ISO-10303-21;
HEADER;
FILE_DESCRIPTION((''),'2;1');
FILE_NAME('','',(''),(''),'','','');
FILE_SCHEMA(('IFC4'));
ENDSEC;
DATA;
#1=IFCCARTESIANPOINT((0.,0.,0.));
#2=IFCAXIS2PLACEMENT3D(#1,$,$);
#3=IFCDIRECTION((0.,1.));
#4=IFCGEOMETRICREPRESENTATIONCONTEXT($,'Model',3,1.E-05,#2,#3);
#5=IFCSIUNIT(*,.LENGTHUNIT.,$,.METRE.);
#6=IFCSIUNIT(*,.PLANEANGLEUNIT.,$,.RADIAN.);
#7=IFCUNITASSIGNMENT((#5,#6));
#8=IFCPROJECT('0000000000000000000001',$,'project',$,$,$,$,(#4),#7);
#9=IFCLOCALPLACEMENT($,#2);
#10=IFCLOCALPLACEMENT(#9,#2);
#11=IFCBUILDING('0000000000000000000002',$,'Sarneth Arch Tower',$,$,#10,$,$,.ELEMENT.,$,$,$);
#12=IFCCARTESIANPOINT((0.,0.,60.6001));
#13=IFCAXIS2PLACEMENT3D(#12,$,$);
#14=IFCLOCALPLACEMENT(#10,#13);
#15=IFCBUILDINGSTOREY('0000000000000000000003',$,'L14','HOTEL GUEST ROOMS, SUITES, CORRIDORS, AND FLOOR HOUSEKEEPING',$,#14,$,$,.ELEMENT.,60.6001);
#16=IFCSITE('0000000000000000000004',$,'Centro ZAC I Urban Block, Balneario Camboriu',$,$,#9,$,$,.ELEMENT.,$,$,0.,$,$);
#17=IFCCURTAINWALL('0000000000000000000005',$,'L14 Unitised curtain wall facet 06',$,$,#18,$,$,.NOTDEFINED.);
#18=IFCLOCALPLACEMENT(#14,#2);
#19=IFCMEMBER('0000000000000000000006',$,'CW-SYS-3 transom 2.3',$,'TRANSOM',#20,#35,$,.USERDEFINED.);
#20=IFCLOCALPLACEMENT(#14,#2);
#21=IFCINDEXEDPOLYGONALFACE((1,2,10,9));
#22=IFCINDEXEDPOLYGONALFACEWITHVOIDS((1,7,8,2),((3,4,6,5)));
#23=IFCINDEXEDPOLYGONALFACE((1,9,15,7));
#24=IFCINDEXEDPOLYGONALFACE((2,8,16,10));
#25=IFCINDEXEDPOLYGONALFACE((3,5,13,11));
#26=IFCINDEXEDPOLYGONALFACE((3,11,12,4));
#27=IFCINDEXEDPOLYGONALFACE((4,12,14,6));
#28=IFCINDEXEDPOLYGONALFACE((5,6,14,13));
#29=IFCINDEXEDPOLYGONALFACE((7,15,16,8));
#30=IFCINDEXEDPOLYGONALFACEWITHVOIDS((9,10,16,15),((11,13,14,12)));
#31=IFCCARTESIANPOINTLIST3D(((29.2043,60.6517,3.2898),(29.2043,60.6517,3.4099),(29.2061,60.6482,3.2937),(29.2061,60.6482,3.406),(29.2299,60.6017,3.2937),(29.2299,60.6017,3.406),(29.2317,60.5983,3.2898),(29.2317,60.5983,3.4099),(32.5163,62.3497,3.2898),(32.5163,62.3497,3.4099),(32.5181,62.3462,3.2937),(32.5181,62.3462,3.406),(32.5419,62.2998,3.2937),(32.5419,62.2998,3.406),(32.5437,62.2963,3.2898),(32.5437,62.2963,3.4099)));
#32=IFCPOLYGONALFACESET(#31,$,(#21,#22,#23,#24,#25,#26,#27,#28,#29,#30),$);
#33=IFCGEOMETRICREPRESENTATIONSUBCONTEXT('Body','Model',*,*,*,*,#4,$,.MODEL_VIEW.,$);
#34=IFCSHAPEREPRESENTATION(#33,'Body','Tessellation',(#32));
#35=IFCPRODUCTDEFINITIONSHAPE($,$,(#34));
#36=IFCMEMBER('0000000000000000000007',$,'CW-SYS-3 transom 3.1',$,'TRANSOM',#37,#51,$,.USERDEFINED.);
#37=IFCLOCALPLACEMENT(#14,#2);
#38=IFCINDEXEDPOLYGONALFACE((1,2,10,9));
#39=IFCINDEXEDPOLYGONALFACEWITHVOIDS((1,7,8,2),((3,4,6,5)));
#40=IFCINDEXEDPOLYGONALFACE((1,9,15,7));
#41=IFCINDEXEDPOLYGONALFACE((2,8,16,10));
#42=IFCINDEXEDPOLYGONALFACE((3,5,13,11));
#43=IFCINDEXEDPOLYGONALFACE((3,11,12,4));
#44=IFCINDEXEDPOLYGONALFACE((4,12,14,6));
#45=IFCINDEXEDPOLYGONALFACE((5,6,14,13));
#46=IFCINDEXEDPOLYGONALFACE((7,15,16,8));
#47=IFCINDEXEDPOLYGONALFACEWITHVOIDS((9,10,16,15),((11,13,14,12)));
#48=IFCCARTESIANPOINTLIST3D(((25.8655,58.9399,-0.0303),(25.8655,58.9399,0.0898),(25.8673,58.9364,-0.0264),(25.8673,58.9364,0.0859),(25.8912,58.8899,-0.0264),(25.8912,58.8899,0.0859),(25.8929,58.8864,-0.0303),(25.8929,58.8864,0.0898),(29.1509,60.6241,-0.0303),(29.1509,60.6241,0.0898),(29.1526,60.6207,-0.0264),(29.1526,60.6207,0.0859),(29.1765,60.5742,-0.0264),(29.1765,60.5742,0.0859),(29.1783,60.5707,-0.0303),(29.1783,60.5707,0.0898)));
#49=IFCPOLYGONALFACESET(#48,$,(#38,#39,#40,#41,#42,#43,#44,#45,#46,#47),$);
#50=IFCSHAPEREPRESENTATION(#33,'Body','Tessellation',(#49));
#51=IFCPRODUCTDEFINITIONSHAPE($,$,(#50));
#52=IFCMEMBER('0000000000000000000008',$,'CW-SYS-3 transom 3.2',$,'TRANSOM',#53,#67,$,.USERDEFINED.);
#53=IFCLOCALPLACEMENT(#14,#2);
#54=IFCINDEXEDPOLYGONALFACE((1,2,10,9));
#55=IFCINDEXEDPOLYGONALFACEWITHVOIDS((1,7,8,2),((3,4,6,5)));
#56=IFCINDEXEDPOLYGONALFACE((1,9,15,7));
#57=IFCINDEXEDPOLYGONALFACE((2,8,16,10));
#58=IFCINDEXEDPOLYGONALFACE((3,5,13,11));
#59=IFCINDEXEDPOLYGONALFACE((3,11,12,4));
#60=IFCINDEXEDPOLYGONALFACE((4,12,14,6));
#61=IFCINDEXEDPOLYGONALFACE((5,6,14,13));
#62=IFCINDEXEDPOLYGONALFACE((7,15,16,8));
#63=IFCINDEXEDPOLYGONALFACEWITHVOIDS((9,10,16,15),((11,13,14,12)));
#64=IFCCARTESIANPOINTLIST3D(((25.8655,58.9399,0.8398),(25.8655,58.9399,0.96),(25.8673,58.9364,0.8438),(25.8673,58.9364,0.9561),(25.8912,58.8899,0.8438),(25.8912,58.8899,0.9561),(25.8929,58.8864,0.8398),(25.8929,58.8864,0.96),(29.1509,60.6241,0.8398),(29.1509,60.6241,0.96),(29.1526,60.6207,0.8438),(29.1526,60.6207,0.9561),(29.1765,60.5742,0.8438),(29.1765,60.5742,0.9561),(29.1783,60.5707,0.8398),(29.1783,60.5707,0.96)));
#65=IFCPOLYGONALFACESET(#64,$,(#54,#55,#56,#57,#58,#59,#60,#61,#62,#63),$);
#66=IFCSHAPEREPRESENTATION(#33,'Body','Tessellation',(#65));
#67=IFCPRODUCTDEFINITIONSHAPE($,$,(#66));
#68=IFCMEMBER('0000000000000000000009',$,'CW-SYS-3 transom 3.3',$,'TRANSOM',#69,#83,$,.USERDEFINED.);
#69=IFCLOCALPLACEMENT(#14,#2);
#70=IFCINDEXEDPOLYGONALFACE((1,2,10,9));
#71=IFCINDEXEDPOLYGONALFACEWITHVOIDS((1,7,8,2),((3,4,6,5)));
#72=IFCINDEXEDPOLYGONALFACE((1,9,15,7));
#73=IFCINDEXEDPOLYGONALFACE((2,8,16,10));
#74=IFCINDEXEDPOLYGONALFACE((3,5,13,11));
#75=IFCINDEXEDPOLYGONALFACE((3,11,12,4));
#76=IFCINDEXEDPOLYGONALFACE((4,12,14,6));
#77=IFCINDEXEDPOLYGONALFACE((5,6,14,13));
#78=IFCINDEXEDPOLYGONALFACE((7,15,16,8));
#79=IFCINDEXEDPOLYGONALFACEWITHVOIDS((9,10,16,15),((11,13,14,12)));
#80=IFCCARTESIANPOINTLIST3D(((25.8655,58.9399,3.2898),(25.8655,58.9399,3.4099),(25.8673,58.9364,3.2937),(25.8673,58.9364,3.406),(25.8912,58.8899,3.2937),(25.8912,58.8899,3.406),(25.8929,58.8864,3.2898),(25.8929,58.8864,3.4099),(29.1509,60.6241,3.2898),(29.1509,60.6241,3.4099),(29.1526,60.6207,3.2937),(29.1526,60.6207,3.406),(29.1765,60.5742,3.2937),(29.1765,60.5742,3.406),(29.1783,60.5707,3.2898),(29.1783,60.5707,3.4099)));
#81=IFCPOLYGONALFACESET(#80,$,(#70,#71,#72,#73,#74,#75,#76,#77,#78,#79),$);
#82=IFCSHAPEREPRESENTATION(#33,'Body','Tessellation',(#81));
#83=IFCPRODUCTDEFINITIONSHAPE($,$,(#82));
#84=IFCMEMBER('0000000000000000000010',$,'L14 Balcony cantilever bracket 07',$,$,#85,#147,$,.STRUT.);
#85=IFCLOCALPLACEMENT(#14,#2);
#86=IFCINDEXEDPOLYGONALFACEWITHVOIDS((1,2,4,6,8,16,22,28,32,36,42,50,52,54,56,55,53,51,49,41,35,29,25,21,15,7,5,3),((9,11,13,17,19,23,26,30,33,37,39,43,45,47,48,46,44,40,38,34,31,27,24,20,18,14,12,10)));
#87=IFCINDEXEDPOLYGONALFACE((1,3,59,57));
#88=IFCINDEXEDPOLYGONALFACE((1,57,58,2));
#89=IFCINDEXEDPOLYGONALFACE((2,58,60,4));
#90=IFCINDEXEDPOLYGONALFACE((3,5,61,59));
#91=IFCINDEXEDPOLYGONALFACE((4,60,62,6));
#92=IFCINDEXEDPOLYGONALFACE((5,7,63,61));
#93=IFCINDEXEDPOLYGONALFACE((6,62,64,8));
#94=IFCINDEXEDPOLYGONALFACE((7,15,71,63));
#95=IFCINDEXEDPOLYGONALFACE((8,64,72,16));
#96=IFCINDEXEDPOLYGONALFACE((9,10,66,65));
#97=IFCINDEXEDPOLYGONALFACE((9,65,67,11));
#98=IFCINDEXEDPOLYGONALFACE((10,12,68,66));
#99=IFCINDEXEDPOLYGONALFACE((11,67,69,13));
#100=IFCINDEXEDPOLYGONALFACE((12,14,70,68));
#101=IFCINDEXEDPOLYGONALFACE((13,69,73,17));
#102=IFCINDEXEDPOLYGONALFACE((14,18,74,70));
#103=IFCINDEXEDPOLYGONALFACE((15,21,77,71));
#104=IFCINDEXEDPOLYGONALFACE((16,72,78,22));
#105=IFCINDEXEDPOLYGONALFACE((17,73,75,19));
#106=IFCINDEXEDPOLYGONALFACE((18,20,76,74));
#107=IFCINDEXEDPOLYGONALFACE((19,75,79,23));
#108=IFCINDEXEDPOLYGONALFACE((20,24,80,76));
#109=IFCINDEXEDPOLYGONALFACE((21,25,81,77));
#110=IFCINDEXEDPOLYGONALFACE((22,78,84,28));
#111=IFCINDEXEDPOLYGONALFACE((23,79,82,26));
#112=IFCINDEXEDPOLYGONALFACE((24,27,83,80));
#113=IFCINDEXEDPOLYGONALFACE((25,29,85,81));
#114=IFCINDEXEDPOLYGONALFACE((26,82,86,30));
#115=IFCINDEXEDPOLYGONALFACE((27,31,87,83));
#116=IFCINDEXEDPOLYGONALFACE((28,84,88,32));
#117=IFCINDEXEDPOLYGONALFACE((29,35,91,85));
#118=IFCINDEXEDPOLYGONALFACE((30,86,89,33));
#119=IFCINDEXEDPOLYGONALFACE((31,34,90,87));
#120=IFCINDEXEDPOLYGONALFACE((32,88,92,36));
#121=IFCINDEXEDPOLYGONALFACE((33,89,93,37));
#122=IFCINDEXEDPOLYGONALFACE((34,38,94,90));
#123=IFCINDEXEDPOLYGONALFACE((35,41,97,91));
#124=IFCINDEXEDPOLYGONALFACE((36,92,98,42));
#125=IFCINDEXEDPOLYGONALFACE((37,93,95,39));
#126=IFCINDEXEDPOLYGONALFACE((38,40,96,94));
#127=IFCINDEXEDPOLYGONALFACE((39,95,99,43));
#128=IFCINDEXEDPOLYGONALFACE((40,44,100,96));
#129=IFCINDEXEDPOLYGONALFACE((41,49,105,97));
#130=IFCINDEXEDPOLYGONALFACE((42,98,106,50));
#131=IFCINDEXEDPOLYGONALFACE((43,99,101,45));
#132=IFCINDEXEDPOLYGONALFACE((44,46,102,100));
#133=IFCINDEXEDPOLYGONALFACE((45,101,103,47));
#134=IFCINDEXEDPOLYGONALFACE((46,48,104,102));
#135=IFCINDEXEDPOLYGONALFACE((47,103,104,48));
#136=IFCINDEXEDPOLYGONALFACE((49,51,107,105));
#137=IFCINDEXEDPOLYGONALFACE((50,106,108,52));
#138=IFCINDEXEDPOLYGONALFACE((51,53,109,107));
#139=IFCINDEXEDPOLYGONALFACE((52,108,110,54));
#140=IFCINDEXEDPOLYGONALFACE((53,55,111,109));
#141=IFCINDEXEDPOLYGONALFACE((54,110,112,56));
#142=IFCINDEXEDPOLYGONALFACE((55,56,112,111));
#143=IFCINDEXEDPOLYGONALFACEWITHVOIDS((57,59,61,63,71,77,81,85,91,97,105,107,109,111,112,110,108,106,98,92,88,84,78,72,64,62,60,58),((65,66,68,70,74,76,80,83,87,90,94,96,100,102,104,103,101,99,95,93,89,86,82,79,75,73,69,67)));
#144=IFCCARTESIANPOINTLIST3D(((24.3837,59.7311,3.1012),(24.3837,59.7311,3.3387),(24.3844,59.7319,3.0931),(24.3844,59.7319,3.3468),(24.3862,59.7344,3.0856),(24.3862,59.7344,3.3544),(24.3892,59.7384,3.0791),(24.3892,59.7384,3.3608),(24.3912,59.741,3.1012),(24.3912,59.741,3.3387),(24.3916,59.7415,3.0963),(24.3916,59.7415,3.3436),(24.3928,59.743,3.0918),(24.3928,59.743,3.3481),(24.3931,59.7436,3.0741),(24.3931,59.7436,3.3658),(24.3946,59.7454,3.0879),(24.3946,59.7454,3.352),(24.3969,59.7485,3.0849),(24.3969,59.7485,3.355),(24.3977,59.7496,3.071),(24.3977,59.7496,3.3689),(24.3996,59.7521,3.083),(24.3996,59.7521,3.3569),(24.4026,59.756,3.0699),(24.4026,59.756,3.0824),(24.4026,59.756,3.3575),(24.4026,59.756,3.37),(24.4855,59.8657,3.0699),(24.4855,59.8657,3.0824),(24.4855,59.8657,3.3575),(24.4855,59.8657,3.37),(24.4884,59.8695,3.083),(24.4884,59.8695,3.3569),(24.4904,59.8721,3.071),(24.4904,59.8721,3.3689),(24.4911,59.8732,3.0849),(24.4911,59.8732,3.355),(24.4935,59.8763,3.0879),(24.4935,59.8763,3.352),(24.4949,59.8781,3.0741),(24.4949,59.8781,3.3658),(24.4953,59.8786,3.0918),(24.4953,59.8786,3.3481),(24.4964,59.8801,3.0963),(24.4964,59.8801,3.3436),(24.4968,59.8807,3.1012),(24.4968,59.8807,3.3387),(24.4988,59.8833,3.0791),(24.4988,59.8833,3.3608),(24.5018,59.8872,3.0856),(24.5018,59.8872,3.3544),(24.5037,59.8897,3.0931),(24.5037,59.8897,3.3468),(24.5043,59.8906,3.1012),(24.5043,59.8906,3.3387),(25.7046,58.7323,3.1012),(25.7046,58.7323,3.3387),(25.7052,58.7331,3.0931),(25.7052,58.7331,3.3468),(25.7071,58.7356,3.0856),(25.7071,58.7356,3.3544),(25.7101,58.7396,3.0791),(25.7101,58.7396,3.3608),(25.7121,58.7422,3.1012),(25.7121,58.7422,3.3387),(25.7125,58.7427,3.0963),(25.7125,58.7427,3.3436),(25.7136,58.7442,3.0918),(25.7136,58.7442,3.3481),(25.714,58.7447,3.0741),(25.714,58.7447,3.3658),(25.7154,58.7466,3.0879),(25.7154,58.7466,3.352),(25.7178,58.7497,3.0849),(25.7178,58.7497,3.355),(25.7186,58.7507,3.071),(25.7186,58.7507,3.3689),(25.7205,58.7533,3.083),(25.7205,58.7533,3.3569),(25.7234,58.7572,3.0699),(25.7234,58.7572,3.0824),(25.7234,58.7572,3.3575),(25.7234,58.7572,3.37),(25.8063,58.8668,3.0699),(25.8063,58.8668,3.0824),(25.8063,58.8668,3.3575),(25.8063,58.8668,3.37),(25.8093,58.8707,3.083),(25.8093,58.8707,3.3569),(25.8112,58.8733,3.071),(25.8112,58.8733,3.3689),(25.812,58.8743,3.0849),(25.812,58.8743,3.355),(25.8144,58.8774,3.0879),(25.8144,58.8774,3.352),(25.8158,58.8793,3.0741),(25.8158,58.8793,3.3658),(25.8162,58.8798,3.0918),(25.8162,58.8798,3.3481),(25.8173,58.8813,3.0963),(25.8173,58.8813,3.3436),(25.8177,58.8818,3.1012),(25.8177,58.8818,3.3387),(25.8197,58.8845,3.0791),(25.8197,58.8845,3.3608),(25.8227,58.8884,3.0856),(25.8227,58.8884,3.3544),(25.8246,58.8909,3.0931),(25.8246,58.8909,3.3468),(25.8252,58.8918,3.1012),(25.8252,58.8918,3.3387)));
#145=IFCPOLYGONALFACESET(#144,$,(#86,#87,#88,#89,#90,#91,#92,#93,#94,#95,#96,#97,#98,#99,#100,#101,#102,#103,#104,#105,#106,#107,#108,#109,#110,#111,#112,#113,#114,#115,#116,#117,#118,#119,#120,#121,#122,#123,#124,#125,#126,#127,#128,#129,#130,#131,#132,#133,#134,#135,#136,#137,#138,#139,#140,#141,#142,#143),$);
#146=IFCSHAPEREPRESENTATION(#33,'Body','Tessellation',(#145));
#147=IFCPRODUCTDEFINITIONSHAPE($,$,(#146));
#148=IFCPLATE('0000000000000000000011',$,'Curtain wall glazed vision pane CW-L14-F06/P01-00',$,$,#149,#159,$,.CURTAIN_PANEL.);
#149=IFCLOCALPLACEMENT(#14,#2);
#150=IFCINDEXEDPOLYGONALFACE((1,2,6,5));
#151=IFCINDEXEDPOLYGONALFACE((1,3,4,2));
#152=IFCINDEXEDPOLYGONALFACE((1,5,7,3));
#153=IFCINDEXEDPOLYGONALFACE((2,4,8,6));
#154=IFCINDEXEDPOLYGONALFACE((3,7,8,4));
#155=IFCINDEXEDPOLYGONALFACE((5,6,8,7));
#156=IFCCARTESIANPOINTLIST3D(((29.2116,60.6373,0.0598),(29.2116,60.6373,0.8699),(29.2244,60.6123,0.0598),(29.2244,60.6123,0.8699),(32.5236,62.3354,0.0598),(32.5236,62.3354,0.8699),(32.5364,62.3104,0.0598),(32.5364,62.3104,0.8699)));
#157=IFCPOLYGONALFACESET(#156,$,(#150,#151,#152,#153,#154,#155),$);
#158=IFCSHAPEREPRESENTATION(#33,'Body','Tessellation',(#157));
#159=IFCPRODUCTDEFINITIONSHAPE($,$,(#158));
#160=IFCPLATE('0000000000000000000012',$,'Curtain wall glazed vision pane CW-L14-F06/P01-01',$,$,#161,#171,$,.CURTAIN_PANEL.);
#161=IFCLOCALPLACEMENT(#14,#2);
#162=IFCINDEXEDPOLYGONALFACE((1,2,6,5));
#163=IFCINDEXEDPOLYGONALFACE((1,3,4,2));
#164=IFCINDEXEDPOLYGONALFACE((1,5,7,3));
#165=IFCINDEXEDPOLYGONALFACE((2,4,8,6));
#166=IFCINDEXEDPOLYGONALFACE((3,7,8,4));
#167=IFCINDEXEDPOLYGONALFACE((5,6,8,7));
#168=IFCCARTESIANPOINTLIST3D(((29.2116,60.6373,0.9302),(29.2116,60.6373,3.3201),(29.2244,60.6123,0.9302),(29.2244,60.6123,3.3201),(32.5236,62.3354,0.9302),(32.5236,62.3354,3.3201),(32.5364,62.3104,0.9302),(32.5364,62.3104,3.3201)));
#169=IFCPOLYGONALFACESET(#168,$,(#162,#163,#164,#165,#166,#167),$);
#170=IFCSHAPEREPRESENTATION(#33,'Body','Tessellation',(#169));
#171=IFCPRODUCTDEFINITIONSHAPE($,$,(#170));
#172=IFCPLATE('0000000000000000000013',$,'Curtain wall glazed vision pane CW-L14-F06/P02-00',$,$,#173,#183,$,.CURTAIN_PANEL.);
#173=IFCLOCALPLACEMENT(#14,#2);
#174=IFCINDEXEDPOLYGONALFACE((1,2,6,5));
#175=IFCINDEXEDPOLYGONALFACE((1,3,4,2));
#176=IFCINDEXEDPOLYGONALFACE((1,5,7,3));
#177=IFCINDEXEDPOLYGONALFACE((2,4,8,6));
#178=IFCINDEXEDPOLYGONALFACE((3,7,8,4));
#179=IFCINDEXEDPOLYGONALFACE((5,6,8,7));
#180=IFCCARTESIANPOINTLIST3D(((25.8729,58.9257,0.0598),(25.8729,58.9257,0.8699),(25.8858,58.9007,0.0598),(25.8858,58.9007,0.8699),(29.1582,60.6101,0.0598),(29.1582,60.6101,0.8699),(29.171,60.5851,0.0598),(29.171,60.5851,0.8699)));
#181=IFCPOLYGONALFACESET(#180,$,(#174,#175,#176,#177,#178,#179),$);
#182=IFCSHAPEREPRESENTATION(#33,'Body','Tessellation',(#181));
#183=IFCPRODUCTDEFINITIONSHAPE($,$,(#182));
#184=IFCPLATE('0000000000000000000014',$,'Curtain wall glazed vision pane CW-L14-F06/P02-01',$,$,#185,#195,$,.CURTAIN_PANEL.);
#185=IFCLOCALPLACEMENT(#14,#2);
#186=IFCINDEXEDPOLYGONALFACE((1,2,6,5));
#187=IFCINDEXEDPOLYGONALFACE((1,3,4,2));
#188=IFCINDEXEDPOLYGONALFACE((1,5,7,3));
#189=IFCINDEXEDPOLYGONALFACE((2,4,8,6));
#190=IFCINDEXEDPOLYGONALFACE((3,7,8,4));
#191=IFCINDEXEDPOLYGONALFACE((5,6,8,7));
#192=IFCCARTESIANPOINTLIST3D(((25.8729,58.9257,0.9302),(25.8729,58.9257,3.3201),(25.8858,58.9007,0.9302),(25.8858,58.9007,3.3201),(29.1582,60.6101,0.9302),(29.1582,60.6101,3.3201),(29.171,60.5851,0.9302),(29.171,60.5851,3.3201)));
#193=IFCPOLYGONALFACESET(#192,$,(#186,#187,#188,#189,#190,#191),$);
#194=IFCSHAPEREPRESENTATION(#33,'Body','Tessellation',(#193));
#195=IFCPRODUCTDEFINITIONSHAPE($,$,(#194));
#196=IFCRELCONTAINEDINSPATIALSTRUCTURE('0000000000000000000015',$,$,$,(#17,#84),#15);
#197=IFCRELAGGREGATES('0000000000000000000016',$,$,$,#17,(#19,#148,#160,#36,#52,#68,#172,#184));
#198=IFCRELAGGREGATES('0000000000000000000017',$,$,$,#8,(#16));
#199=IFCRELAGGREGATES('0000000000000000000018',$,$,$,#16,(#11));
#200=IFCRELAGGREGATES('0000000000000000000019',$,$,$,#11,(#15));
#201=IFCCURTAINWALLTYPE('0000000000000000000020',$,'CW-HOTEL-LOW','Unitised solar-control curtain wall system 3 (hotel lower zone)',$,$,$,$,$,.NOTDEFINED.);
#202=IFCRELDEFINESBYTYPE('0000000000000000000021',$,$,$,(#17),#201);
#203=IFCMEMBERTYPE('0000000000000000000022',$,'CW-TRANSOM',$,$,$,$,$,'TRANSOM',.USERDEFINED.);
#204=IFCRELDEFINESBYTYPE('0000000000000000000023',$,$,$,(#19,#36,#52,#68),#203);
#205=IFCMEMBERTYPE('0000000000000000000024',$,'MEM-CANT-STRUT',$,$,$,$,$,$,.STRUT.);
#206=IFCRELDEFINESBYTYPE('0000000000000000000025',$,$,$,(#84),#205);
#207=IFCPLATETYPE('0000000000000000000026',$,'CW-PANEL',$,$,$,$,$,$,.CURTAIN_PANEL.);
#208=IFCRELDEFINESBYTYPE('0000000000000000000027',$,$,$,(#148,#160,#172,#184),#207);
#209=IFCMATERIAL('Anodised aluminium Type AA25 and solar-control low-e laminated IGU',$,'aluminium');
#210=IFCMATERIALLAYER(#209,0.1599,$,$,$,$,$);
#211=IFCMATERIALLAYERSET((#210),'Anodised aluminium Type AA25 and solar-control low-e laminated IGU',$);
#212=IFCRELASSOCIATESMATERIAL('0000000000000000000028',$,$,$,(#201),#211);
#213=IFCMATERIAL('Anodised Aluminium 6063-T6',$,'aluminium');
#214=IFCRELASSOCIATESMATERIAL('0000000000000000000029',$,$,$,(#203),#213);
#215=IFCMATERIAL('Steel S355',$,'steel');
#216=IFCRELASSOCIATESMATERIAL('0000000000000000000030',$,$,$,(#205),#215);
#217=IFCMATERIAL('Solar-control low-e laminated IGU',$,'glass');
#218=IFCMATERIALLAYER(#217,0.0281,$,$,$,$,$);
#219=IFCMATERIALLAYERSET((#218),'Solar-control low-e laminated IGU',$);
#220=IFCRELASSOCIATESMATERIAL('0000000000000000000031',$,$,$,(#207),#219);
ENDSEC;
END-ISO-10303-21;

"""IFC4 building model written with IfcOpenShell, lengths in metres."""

from ifc_helpers import new_model, si_unit, direction, frame, origin, origin_2d, place, context, subcontext, project, spatial, rectangle, hollow_rectangle, extrude, material, layer, layer_set, material_profile, profile_set, type_object, element, aggregate, save


model = new_model("IFC4")

# Units and contexts
model_context = context("Model", 3, precision=1e-05, world=origin(), true_north=direction((0.0, 1.0)))
body_context = subcontext(model_context, "Body", "Model", "MODEL_VIEW")
ifc_project = project(units=[si_unit("LENGTHUNIT", "METRE"), si_unit("PLANEANGLEUNIT", "RADIAN")], contexts=[model_context])

# Site, building, storey
site_placement = place(None, origin())
site = spatial("IfcSite", under=ifc_project, at=site_placement, Name="Centro ZAC I Urban Block, Balneario Camboriu", CompositionType="ELEMENT", RefElevation=0.0)
building_placement = place(site_placement, origin())
building = spatial("IfcBuilding", under=site, at=building_placement, Name="Sarneth Arch Tower", CompositionType="ELEMENT")
storey_placement = place(building_placement, frame((0.0, 0.0, 60.6001)))
storey = spatial("IfcBuildingStorey", under=building, at=storey_placement, Name="L14", Description="HOTEL GUEST ROOMS, SUITES, CORRIDORS, AND FLOOR HOUSEKEEPING", CompositionType="ELEMENT", Elevation=60.6001)

# Curtain wall, members
ifc_material_1 = material(Name="Anodised aluminium Type AA25 and solar-control low-e laminated IGU", Category="aluminium")
ifc_layer_1 = layer(ifc_material_1, 0.1599)
ifc_layer_set_1 = layer_set([ifc_layer_1], Name="Anodised aluminium Type AA25 and solar-control low-e laminated IGU")
curtain_wall_type = type_object("IfcCurtainWallType", Name="CW-HOTEL-LOW", Description="Unitised solar-control curtain wall system 3 (hotel lower zone)", PredefinedType="NOTDEFINED", material=ifc_layer_set_1)
curtain_wall_placement = place(storey_placement, origin())
curtain_wall = element("IfcCurtainWall", 1, at=curtain_wall_placement, inside=storey, type_object=curtain_wall_type, Name="L14 Unitised curtain wall facet 06", PredefinedType="NOTDEFINED")
ifc_material_2 = material(Name="Anodised Aluminium 6063-T6", Category="aluminium")
ifc_material_profile_1 = material_profile(ifc_material_2, hollow_rectangle(XDim=0.0601, YDim=0.1201, WallThickness=0.0039, at=origin_2d()), Name="AL-TRAN-120x60x4")
ifc_profile_set_1 = profile_set([ifc_material_profile_1], Name="Anodised Aluminium 6063-T6")
member_type_1 = type_object("IfcMemberType", Name="CW-TRANSOM", ElementType="TRANSOM", PredefinedType="USERDEFINED", material=ifc_profile_set_1)
member_1_placement = place(storey_placement, frame((32.53, 62.323, 3.3499), z_axis=(-0.889869, -0.456217, 0.0), x_axis=(0.456217, -0.889869, 0.0)))
member_1 = element("IfcMember", 2, at=member_1_placement, type_object=member_type_1, Name="CW-SYS-3 transom 2.3", ObjectType="TRANSOM", PredefinedType="USERDEFINED", context=body_context, shape_type="SweptSolid", body=[
    extrude(hollow_rectangle(XDim=0.0601, YDim=0.1201, WallThickness=0.0039, at=origin_2d()), origin(), (0.0, 0.0, 1.0), 3.7219),
])
member_2_placement = place(storey_placement, frame((29.1646, 60.5974, 0.0298), z_axis=(-0.889872, -0.456211, 0.0), x_axis=(0.456211, -0.889872, 0.0)))
member_2 = element("IfcMember", 3, at=member_2_placement, type_object=member_type_1, Name="CW-SYS-3 transom 3.1", ObjectType="TRANSOM", PredefinedType="USERDEFINED", context=body_context, shape_type="SweptSolid", body=[
    extrude(hollow_rectangle(XDim=0.0601, YDim=0.1201, WallThickness=0.0039, at=origin_2d()), origin(), (0.0, 0.0, 1.0), 3.6919),
])
member_3_placement = place(storey_placement, frame((29.1646, 60.5974, 0.8999), z_axis=(-0.889872, -0.456211, 0.0), x_axis=(0.456211, -0.889872, 0.0)))
member_3 = element("IfcMember", 4, at=member_3_placement, type_object=member_type_1, Name="CW-SYS-3 transom 3.2", ObjectType="TRANSOM", PredefinedType="USERDEFINED", context=body_context, shape_type="SweptSolid", body=[
    extrude(hollow_rectangle(XDim=0.0601, YDim=0.1201, WallThickness=0.0039, at=origin_2d()), origin(), (0.0, 0.0, 1.0), 3.6919),
])
member_4_placement = place(storey_placement, frame((29.1646, 60.5974, 3.3499), z_axis=(-0.889872, -0.456211, 0.0), x_axis=(0.456211, -0.889872, 0.0)))
member_4 = element("IfcMember", 5, at=member_4_placement, type_object=member_type_1, Name="CW-SYS-3 transom 3.3", ObjectType="TRANSOM", PredefinedType="USERDEFINED", context=body_context, shape_type="SweptSolid", body=[
    extrude(hollow_rectangle(XDim=0.0601, YDim=0.1201, WallThickness=0.0039, at=origin_2d()), origin(), (0.0, 0.0, 1.0), 3.6919),
])

# Member
ifc_material_3 = material(Name="Steel S355", Category="steel")
ifc_material_profile_2 = material_profile(ifc_material_3, hollow_rectangle(XDim=0.2, YDim=0.3, WallThickness=0.0125, InnerFilletRadius=0.0188, OuterFilletRadius=0.0312, at=origin_2d()), Name="RHS300x200x12.5")
ifc_profile_set_2 = profile_set([ifc_material_profile_2], Name="Steel S355")
member_type_2 = type_object("IfcMemberType", Name="MEM-CANT-STRUT", PredefinedType="STRUT", material=ifc_profile_set_2)
member_5_placement = place(storey_placement, frame((25.7649, 58.812, 3.22), z_axis=(-0.797623, 0.603156, 0.0), x_axis=(-0.603156, -0.797623, 0.0)))
element("IfcMember", 6, at=member_5_placement, inside=storey, type_object=member_type_2, Name="L14 Balcony cantilever bracket 07", PredefinedType="STRUT", context=body_context, shape_type="SweptSolid", body=[
    extrude(hollow_rectangle(XDim=0.2, YDim=0.3, WallThickness=0.0125, InnerFilletRadius=0.0188, OuterFilletRadius=0.0312, at=origin_2d()), origin(), (0.0, 0.0, 1.0), 1.656),
])

# Plates
ifc_material_4 = material(Name="Solar-control low-e laminated IGU", Category="glass")
ifc_layer_2 = layer(ifc_material_4, 0.0281)
ifc_layer_set_2 = layer_set([ifc_layer_2], Name="Solar-control low-e laminated IGU")
plate_type_1 = type_object("IfcPlateType", Name="CW-PANEL", PredefinedType="CURTAIN_PANEL", material=ifc_layer_set_2)
plate_1_placement = place(storey_placement, frame((30.874, 61.4739, 0.0598), z_axis=(0.0, 0.0, 1.0), x_axis=(-0.889854, -0.456245, 0.0)))
plate_1 = element("IfcPlate", 7, at=plate_1_placement, type_object=plate_type_1, Name="Curtain wall glazed vision pane CW-L14-F06/P01-00", PredefinedType="CURTAIN_PANEL", context=body_context, shape_type="SweptSolid", body=[
    extrude(rectangle(XDim=3.7219, YDim=0.0281, at=origin_2d()), origin(), (0.0, 0.0, 1.0), 0.8101),
])
plate_2_placement = place(storey_placement, frame((30.874, 61.4739, 0.9302), z_axis=(0.0, 0.0, 1.0), x_axis=(-0.889854, -0.456245, 0.0)))
plate_2 = element("IfcPlate", 8, at=plate_2_placement, type_object=plate_type_1, Name="Curtain wall glazed vision pane CW-L14-F06/P01-01", PredefinedType="CURTAIN_PANEL", context=body_context, shape_type="SweptSolid", body=[
    extrude(rectangle(XDim=3.7219, YDim=0.0281, at=origin_2d()), origin(), (0.0, 0.0, 1.0), 2.3899),
])
plate_3_placement = place(storey_placement, frame((27.522, 59.7554, 0.0598), z_axis=(0.0, 0.0, 1.0), x_axis=(-0.889854, -0.456245, 0.0)))
plate_3 = element("IfcPlate", 9, at=plate_3_placement, type_object=plate_type_1, Name="Curtain wall glazed vision pane CW-L14-F06/P02-00", PredefinedType="CURTAIN_PANEL", context=body_context, shape_type="SweptSolid", body=[
    extrude(rectangle(XDim=3.6919, YDim=0.0281, at=origin_2d()), origin(), (0.0, 0.0, 1.0), 0.8101),
])
plate_4_placement = place(storey_placement, frame((27.522, 59.7554, 0.9302), z_axis=(0.0, 0.0, 1.0), x_axis=(-0.889854, -0.456245, 0.0)))
plate_4 = element("IfcPlate", 10, at=plate_4_placement, type_object=plate_type_1, Name="Curtain wall glazed vision pane CW-L14-F06/P02-01", PredefinedType="CURTAIN_PANEL", context=body_context, shape_type="SweptSolid", body=[
    extrude(rectangle(XDim=3.6919, YDim=0.0281, at=origin_2d()), origin(), (0.0, 0.0, 1.0), 2.3899),
])
aggregate(curtain_wall, [member_1, plate_1, plate_2, member_2, member_3, member_4, plate_3, plate_4])

save(model, "model.ifc")
